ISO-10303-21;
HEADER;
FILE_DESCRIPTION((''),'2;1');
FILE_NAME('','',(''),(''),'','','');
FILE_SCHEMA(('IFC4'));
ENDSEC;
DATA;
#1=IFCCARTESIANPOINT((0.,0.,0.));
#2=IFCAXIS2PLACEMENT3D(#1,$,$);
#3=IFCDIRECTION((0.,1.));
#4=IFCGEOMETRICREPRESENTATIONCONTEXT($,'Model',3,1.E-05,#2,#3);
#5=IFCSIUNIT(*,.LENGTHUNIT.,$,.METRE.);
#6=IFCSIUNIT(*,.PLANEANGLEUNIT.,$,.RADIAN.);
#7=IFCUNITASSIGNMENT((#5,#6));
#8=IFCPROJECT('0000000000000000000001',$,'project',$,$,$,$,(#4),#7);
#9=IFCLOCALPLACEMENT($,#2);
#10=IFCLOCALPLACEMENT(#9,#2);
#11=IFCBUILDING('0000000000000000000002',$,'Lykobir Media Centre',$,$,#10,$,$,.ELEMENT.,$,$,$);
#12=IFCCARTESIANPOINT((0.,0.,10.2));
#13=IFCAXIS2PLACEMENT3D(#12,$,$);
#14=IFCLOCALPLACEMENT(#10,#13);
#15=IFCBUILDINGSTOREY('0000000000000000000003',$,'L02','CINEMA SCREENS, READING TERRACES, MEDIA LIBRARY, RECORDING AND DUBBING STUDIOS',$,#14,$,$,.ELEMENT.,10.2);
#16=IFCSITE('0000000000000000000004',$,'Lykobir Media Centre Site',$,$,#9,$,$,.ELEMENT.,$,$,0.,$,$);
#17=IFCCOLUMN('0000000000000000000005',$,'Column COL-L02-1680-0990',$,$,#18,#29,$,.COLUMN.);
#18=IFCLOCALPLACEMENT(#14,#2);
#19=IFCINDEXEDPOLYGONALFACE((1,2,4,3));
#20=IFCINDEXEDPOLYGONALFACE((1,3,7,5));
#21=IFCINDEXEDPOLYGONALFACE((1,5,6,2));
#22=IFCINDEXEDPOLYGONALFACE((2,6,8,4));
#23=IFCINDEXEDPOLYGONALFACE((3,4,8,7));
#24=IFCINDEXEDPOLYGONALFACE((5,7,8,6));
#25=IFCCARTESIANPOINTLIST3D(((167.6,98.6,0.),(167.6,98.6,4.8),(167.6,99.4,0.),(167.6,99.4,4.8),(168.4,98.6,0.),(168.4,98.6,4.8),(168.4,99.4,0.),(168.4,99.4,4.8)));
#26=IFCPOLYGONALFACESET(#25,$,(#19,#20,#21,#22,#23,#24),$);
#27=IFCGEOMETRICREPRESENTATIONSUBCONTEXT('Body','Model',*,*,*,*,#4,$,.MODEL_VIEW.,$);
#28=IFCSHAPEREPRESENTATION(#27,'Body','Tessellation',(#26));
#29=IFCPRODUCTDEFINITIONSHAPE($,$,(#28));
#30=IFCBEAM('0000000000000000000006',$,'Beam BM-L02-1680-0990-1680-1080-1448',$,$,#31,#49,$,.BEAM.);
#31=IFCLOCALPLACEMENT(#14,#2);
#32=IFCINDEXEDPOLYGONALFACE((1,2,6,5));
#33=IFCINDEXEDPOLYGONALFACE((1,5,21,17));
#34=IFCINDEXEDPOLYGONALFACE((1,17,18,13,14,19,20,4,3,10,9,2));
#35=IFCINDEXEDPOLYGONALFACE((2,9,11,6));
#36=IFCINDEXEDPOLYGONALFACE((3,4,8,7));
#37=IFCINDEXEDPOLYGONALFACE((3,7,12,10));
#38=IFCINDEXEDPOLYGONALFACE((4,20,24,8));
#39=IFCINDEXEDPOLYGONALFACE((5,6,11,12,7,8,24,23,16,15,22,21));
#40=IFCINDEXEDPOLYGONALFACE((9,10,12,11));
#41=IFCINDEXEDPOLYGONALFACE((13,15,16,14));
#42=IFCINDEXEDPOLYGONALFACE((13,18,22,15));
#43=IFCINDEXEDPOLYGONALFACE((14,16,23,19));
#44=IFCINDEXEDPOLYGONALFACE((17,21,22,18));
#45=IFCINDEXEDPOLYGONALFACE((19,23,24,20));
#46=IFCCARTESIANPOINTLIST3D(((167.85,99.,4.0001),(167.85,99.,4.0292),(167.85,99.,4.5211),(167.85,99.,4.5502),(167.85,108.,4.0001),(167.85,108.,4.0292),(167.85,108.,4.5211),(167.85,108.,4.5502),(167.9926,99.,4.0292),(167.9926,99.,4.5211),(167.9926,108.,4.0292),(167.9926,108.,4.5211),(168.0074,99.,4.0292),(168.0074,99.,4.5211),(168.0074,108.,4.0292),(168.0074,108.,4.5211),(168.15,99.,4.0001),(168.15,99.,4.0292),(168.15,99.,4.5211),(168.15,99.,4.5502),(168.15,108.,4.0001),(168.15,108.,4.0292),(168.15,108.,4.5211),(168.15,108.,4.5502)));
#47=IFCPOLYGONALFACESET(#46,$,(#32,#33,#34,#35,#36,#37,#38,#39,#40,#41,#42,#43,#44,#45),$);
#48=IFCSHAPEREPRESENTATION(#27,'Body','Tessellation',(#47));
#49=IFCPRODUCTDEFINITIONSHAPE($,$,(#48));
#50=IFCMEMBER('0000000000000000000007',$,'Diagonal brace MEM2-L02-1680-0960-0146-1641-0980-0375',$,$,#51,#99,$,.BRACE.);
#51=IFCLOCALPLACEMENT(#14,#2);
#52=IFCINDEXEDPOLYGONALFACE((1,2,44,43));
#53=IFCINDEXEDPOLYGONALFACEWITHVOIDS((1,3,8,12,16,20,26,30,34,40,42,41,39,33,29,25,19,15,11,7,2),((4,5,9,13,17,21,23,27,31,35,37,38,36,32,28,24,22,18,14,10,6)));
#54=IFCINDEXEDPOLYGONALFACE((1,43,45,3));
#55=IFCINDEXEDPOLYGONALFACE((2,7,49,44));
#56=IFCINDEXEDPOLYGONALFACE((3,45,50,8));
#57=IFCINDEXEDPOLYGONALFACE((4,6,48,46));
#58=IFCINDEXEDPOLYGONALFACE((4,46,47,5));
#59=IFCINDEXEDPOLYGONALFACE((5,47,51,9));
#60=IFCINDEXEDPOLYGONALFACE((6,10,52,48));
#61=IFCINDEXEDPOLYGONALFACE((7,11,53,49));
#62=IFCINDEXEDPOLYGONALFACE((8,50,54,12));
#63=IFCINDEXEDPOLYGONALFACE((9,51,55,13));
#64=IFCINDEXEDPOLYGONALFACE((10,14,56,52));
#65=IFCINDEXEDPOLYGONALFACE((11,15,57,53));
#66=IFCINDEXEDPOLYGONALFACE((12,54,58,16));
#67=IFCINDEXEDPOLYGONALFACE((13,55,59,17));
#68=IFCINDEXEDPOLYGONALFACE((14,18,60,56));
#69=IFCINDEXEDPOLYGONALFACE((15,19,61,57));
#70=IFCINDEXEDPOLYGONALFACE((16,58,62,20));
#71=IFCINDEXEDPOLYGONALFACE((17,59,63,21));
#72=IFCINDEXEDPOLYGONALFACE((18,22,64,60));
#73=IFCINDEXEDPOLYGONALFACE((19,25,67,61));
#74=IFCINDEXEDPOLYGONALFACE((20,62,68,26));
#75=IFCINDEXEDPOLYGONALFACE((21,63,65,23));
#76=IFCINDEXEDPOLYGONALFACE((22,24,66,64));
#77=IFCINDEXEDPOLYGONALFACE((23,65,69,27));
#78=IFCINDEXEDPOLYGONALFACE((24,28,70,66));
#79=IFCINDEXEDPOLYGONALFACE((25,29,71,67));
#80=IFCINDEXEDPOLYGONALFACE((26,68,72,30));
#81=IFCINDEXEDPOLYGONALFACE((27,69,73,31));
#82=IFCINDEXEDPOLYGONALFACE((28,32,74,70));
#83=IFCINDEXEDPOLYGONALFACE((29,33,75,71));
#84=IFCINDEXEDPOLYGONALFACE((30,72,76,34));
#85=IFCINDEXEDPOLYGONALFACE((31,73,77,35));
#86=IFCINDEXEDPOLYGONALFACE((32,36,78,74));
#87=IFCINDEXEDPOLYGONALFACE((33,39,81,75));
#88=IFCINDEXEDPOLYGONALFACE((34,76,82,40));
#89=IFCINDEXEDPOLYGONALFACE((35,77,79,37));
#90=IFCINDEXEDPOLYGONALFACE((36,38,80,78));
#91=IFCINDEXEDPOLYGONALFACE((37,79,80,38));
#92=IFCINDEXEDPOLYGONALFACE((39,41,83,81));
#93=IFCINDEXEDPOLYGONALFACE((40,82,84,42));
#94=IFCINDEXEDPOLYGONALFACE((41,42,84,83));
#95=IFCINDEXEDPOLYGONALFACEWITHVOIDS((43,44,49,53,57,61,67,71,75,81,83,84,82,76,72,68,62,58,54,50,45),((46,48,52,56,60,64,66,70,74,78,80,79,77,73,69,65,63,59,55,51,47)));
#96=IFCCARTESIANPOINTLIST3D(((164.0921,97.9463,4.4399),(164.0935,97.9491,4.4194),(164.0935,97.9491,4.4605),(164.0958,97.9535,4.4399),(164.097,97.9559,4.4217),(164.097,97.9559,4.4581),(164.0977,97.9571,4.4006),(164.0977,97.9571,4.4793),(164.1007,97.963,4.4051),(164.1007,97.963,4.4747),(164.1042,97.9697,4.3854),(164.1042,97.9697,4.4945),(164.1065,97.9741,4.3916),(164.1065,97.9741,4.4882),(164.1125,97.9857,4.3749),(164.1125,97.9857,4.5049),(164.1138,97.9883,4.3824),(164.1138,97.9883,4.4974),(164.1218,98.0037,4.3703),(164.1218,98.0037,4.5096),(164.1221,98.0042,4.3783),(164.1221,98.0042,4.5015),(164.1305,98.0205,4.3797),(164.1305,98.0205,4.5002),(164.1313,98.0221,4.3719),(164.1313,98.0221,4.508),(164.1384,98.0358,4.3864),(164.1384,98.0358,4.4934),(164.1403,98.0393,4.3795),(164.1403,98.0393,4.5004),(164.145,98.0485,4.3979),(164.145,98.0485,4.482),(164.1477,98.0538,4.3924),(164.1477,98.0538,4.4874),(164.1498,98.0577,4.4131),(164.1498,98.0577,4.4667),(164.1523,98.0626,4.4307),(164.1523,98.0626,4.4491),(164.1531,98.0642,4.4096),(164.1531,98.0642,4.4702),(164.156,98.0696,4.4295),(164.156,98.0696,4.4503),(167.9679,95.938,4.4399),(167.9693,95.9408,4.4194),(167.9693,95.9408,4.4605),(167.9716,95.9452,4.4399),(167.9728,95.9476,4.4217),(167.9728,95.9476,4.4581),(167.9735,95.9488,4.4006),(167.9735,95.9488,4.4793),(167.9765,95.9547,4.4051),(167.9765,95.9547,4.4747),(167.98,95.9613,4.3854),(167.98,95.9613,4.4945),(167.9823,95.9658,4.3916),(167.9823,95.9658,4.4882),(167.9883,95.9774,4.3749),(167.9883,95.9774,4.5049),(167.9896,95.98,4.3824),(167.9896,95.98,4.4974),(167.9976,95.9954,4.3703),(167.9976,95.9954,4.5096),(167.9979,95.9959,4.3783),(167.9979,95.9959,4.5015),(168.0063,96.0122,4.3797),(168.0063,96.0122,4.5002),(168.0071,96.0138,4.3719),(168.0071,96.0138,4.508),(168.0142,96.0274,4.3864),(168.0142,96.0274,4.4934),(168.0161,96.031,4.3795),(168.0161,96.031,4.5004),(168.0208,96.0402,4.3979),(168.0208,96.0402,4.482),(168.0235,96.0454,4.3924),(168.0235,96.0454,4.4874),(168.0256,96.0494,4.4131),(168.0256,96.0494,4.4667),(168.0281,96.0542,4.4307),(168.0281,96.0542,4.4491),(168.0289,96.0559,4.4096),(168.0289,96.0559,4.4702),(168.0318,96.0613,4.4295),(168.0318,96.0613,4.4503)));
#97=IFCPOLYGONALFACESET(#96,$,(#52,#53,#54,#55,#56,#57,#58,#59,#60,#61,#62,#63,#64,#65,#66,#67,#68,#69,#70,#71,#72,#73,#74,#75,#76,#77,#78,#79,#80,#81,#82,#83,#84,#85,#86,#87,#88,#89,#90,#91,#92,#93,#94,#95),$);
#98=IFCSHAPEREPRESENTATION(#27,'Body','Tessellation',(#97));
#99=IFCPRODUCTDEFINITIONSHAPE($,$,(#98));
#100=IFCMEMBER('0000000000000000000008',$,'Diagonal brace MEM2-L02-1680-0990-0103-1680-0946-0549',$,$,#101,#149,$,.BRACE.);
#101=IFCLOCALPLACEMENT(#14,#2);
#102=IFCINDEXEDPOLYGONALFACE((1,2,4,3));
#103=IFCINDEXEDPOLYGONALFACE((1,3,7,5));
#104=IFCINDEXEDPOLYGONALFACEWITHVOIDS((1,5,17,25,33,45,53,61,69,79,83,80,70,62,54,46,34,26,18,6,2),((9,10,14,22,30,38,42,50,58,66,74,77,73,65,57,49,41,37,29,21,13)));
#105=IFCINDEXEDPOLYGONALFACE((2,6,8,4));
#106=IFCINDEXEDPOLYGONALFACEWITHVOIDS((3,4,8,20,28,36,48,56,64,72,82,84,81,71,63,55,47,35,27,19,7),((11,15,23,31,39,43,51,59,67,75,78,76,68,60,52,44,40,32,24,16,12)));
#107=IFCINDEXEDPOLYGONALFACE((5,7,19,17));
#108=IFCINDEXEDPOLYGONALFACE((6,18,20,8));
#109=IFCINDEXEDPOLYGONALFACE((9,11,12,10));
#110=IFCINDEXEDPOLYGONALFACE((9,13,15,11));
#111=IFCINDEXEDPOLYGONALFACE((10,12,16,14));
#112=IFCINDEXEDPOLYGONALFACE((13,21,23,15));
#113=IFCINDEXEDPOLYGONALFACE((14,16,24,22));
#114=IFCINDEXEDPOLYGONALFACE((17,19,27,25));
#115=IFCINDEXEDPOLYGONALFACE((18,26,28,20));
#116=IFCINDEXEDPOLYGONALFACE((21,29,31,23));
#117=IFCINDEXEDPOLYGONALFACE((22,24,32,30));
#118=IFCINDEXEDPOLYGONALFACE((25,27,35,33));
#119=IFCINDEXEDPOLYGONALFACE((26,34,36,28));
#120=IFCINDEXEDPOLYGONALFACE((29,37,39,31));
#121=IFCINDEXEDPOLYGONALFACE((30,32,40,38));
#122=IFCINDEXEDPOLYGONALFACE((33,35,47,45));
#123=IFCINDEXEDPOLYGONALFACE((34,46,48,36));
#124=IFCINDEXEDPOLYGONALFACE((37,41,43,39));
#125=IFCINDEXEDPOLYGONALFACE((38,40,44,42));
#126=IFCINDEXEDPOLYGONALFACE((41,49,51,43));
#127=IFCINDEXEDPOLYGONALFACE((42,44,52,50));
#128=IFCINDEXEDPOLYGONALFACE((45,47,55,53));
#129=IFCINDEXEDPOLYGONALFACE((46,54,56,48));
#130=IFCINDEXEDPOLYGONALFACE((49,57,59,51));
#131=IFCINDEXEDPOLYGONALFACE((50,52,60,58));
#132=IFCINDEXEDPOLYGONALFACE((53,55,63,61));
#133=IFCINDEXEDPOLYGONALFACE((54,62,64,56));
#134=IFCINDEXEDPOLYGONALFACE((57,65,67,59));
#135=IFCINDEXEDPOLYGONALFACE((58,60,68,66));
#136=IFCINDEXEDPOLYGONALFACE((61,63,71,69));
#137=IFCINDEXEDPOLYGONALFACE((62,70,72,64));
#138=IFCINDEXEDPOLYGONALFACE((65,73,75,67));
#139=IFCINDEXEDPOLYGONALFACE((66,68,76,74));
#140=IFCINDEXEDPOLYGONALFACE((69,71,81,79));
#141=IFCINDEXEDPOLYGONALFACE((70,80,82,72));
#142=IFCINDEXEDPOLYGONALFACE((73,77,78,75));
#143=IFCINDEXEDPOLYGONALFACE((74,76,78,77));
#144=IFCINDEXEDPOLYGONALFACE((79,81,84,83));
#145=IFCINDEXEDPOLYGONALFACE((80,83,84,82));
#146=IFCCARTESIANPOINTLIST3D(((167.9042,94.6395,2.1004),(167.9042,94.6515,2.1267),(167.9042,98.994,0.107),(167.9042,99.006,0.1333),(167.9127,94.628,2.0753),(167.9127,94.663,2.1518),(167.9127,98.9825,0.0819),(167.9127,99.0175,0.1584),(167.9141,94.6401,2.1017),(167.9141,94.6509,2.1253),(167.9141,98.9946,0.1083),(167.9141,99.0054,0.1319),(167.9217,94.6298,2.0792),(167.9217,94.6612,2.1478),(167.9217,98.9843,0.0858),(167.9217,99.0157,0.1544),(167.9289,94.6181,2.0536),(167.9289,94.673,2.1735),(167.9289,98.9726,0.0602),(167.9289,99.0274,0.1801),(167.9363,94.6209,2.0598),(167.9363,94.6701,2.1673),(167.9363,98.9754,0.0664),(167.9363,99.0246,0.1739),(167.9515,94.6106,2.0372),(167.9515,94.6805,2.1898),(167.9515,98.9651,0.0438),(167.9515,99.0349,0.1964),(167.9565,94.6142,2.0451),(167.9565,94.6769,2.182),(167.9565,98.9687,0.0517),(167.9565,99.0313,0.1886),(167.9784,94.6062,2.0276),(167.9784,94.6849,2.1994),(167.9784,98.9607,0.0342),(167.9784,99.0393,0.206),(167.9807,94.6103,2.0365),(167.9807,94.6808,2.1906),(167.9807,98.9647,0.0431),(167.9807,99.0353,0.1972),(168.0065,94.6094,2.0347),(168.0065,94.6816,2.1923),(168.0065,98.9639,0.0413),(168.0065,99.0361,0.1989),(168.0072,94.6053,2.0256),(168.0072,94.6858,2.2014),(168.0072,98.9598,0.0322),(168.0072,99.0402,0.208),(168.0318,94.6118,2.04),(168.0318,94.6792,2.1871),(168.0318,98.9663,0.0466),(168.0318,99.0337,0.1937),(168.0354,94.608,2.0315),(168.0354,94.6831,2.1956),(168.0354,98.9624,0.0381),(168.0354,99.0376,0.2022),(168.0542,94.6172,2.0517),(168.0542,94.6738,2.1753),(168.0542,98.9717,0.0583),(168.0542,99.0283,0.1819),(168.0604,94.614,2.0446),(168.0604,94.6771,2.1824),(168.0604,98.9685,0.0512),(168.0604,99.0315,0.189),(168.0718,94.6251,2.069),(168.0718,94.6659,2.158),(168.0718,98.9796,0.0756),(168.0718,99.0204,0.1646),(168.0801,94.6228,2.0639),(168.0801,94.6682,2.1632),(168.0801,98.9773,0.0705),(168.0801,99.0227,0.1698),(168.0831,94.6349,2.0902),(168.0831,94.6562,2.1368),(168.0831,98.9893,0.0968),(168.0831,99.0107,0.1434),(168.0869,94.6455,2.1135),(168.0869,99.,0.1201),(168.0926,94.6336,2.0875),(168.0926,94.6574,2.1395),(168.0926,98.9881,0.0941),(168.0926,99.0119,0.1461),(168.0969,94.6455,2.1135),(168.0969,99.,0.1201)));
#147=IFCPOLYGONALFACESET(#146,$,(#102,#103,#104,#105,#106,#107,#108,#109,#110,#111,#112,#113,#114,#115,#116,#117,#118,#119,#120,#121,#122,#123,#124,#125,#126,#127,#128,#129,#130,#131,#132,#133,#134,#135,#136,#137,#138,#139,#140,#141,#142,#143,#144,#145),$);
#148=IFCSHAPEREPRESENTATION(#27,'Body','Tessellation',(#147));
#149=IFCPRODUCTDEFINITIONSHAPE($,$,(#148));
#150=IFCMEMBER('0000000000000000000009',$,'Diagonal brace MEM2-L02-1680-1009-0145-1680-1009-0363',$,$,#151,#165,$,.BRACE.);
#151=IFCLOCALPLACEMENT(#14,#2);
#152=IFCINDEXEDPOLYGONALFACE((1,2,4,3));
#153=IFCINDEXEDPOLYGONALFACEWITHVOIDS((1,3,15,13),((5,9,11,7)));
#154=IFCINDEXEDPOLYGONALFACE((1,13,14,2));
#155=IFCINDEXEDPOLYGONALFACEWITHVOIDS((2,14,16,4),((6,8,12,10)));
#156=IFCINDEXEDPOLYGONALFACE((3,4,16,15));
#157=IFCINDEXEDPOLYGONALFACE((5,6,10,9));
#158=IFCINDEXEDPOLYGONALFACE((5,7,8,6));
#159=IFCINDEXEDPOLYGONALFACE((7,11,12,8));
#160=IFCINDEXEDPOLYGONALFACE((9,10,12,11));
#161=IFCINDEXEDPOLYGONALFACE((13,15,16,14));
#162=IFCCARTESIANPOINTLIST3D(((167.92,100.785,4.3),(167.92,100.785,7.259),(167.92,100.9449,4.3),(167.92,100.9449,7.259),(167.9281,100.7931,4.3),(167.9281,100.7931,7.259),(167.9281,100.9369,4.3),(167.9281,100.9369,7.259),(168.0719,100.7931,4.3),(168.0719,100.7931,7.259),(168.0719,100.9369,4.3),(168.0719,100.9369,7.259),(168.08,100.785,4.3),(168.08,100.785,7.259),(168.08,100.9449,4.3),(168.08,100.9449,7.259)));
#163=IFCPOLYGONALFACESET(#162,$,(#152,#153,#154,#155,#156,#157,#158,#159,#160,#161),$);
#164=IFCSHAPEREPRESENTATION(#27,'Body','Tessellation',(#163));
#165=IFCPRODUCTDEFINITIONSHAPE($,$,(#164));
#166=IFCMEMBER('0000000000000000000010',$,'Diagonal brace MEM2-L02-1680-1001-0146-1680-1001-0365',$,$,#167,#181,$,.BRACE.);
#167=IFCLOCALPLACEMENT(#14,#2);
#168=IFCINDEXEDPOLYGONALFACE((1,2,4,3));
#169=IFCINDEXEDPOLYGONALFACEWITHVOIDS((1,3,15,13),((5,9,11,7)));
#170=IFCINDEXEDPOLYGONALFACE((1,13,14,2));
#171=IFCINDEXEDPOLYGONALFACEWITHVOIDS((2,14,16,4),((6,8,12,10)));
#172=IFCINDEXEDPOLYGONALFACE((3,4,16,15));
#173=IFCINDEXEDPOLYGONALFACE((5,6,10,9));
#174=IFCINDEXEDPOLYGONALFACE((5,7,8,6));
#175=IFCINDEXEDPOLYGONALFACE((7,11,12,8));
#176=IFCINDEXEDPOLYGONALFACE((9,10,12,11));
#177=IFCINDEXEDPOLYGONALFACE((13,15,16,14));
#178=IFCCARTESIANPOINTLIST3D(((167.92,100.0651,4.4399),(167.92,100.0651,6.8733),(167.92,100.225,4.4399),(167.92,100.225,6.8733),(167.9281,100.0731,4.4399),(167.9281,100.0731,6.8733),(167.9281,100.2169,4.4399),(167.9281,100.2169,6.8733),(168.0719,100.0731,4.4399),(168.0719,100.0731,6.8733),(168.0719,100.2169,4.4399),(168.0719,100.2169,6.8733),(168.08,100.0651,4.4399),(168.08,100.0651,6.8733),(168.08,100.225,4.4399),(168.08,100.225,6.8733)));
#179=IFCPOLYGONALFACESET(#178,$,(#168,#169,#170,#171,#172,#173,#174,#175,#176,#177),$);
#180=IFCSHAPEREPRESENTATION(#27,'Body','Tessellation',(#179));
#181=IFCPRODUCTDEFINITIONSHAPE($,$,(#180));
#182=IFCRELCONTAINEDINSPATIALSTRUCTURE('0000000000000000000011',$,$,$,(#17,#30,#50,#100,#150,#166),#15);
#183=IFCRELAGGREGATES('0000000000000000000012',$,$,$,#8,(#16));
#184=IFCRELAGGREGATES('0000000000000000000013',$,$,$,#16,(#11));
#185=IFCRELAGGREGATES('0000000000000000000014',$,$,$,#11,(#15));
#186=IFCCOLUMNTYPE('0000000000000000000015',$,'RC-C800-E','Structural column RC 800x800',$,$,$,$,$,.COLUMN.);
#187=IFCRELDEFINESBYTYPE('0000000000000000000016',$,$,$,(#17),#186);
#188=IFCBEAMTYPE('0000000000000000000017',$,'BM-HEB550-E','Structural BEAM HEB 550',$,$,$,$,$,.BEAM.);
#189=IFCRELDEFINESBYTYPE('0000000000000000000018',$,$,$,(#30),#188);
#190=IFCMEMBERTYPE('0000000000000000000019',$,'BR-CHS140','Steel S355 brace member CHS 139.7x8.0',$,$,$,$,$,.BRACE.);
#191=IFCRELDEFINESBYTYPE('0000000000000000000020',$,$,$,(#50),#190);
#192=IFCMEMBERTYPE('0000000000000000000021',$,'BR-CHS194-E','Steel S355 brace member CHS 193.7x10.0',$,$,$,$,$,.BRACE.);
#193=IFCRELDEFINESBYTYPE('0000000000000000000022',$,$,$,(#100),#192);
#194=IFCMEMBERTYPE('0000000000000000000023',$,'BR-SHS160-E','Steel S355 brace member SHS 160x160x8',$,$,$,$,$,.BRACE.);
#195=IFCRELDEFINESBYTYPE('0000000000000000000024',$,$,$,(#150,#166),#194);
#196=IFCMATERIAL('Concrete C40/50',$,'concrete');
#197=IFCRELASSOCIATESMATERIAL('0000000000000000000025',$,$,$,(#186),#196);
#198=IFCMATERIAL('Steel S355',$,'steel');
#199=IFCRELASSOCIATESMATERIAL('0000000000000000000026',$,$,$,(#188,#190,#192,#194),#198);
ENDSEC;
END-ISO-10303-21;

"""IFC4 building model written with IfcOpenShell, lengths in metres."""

from ifc_helpers import new_model, si_unit, direction, frame, origin, origin_2d, place, context, subcontext, project, spatial, rectangle, hollow_rectangle, hollow_circle, i_section, extrude, material, material_profile, profile_set, type_object, element, save


model = new_model("IFC4")

# Units and contexts
model_context = context("Model", 3, precision=1e-05, world=origin(), true_north=direction((0.0, 1.0)))
body_context = subcontext(model_context, "Body", "Model", "MODEL_VIEW")
ifc_project = project(units=[si_unit("LENGTHUNIT", "METRE"), si_unit("PLANEANGLEUNIT", "RADIAN")], contexts=[model_context])

# Site, building, storey
site_placement = place(None, origin())
site = spatial("IfcSite", under=ifc_project, at=site_placement, Name="Lykobir Media Centre Site", CompositionType="ELEMENT", RefElevation=0.0)
building_placement = place(site_placement, origin())
building = spatial("IfcBuilding", under=site, at=building_placement, Name="Lykobir Media Centre", CompositionType="ELEMENT")
storey_placement = place(building_placement, frame((0.0, 0.0, 10.2)))
storey = spatial("IfcBuildingStorey", under=building, at=storey_placement, Name="L02", Description="CINEMA SCREENS, READING TERRACES, MEDIA LIBRARY, RECORDING AND DUBBING STUDIOS", CompositionType="ELEMENT", Elevation=10.2)

# Column
ifc_material_1 = material(Name="Concrete C40/50", Category="concrete")
ifc_material_profile_1 = material_profile(ifc_material_1, rectangle(XDim=0.8, YDim=0.8, at=origin_2d()), Name="RC 800x800")
ifc_profile_set_1 = profile_set([ifc_material_profile_1], Name="Concrete C40/50")
column_type = type_object("IfcColumnType", Name="RC-C800-E", Description="Structural column RC 800x800", PredefinedType="COLUMN", material=ifc_profile_set_1)
column_placement = place(storey_placement, frame((168.0, 99.0, 0.0), z_axis=(0.0, 0.0, 1.0), x_axis=(1.0, 0.0, 0.0)))
element("IfcColumn", 1, at=column_placement, inside=storey, type_object=column_type, Name="Column COL-L02-1680-0990", PredefinedType="COLUMN", context=body_context, shape_type="SweptSolid", body=[
    extrude(rectangle(XDim=0.8, YDim=0.8, at=origin_2d()), origin(), (0.0, 0.0, 1.0), 4.8),
])

# Beam
ifc_material_2 = material(Name="Steel S355", Category="steel")
ifc_material_profile_2 = material_profile(ifc_material_2, i_section(OverallWidth=0.3, OverallDepth=0.55, WebThickness=0.0149, FlangeThickness=0.0291, at=origin_2d()), Name="HEB 550")
ifc_profile_set_2 = profile_set([ifc_material_profile_2], Name="Steel S355")
beam_type = type_object("IfcBeamType", Name="BM-HEB550-E", Description="Structural BEAM HEB 550", PredefinedType="BEAM", material=ifc_profile_set_2)
beam_placement = place(storey_placement, frame((168.0, 99.0, 4.2751), z_axis=(0.0, 1.0, 0.0), x_axis=(-1.0, 0.0, 0.0)))
element("IfcBeam", 2, at=beam_placement, inside=storey, type_object=beam_type, Name="Beam BM-L02-1680-0990-1680-1080-1448", PredefinedType="BEAM", context=body_context, shape_type="SweptSolid", body=[
    extrude(i_section(OverallWidth=0.3, OverallDepth=0.55, WebThickness=0.0149, FlangeThickness=0.0291, at=origin_2d()), origin(), (0.0, 0.0, 1.0), 9.0),
])

# Members
ifc_material_profile_3 = material_profile(ifc_material_2, hollow_circle(Radius=0.0698, WallThickness=0.0081, at=origin_2d()), Name="CHS 139.7x8.0")
ifc_profile_set_3 = profile_set([ifc_material_profile_3], Name="Steel S355")
member_type_1 = type_object("IfcMemberType", Name="BR-CHS140", Description="Steel S355 brace member CHS 139.7x8.0", PredefinedType="BRACE", material=ifc_profile_set_3)
member_1_placement = place(storey_placement, frame((168.0, 96.0, 4.4399), z_axis=(-0.88788, 0.460076, 0.0), x_axis=(-0.460076, -0.88788, 0.0)))
element("IfcMember", 3, at=member_1_placement, inside=storey, type_object=member_type_1, Name="Diagonal brace MEM2-L02-1680-0960-0146-1641-0980-0375", PredefinedType="BRACE", context=body_context, shape_type="SweptSolid", body=[
    extrude(hollow_circle(Radius=0.0698, WallThickness=0.0081, at=origin_2d()), origin(), (0.0, 0.0, 1.0), 4.3652),
])
ifc_material_profile_4 = material_profile(ifc_material_2, hollow_circle(Radius=0.0969, WallThickness=0.01, at=origin_2d()), Name="CHS 193.7x10.0")
ifc_profile_set_4 = profile_set([ifc_material_profile_4], Name="Steel S355")
member_type_2 = type_object("IfcMemberType", Name="BR-CHS194-E", Description="Steel S355 brace member CHS 193.7x10.0", PredefinedType="BRACE", material=ifc_profile_set_4)
member_2_placement = place(storey_placement, frame((168.0, 99.0, 0.1201), z_axis=(0.0, -0.909255, 0.41624), x_axis=(1.0, 0.0, 0.0)))
element("IfcMember", 4, at=member_2_placement, inside=storey, type_object=member_type_2, Name="Diagonal brace MEM2-L02-1680-0990-0103-1680-0946-0549", PredefinedType="BRACE", context=body_context, shape_type="SweptSolid", body=[
    extrude(hollow_circle(Radius=0.0969, WallThickness=0.01, at=origin_2d()), origin(), (0.0, 0.0, 1.0), 4.7891),
])
ifc_material_profile_5 = material_profile(ifc_material_2, hollow_rectangle(XDim=0.1599, YDim=0.1599, WallThickness=0.0081, at=origin_2d()), Name="SHS 160x160x8")
ifc_profile_set_5 = profile_set([ifc_material_profile_5], Name="Steel S355")
member_type_3 = type_object("IfcMemberType", Name="BR-SHS160-E", Description="Steel S355 brace member SHS 160x160x8", PredefinedType="BRACE", material=ifc_profile_set_5)
member_3_placement = place(storey_placement, frame((168.0, 100.865, 4.3), z_axis=(0.0, 0.0, 1.0), x_axis=(1.0, 0.0, 0.0)))
element("IfcMember", 5, at=member_3_placement, inside=storey, type_object=member_type_3, Name="Diagonal brace MEM2-L02-1680-1009-0145-1680-1009-0363", PredefinedType="BRACE", context=body_context, shape_type="SweptSolid", body=[
    extrude(hollow_rectangle(XDim=0.1599, YDim=0.1599, WallThickness=0.0081, at=origin_2d()), origin(), (0.0, 0.0, 1.0), 2.959),
])
member_4_placement = place(storey_placement, frame((168.0, 100.145, 4.4399), z_axis=(0.0, 0.0, 1.0), x_axis=(1.0, 0.0, 0.0)))
element("IfcMember", 6, at=member_4_placement, inside=storey, type_object=member_type_3, Name="Diagonal brace MEM2-L02-1680-1001-0146-1680-1001-0365", PredefinedType="BRACE", context=body_context, shape_type="SweptSolid", body=[
    extrude(hollow_rectangle(XDim=0.1599, YDim=0.1599, WallThickness=0.0081, at=origin_2d()), origin(), (0.0, 0.0, 1.0), 2.4333),
])

save(model, "model.ifc")
